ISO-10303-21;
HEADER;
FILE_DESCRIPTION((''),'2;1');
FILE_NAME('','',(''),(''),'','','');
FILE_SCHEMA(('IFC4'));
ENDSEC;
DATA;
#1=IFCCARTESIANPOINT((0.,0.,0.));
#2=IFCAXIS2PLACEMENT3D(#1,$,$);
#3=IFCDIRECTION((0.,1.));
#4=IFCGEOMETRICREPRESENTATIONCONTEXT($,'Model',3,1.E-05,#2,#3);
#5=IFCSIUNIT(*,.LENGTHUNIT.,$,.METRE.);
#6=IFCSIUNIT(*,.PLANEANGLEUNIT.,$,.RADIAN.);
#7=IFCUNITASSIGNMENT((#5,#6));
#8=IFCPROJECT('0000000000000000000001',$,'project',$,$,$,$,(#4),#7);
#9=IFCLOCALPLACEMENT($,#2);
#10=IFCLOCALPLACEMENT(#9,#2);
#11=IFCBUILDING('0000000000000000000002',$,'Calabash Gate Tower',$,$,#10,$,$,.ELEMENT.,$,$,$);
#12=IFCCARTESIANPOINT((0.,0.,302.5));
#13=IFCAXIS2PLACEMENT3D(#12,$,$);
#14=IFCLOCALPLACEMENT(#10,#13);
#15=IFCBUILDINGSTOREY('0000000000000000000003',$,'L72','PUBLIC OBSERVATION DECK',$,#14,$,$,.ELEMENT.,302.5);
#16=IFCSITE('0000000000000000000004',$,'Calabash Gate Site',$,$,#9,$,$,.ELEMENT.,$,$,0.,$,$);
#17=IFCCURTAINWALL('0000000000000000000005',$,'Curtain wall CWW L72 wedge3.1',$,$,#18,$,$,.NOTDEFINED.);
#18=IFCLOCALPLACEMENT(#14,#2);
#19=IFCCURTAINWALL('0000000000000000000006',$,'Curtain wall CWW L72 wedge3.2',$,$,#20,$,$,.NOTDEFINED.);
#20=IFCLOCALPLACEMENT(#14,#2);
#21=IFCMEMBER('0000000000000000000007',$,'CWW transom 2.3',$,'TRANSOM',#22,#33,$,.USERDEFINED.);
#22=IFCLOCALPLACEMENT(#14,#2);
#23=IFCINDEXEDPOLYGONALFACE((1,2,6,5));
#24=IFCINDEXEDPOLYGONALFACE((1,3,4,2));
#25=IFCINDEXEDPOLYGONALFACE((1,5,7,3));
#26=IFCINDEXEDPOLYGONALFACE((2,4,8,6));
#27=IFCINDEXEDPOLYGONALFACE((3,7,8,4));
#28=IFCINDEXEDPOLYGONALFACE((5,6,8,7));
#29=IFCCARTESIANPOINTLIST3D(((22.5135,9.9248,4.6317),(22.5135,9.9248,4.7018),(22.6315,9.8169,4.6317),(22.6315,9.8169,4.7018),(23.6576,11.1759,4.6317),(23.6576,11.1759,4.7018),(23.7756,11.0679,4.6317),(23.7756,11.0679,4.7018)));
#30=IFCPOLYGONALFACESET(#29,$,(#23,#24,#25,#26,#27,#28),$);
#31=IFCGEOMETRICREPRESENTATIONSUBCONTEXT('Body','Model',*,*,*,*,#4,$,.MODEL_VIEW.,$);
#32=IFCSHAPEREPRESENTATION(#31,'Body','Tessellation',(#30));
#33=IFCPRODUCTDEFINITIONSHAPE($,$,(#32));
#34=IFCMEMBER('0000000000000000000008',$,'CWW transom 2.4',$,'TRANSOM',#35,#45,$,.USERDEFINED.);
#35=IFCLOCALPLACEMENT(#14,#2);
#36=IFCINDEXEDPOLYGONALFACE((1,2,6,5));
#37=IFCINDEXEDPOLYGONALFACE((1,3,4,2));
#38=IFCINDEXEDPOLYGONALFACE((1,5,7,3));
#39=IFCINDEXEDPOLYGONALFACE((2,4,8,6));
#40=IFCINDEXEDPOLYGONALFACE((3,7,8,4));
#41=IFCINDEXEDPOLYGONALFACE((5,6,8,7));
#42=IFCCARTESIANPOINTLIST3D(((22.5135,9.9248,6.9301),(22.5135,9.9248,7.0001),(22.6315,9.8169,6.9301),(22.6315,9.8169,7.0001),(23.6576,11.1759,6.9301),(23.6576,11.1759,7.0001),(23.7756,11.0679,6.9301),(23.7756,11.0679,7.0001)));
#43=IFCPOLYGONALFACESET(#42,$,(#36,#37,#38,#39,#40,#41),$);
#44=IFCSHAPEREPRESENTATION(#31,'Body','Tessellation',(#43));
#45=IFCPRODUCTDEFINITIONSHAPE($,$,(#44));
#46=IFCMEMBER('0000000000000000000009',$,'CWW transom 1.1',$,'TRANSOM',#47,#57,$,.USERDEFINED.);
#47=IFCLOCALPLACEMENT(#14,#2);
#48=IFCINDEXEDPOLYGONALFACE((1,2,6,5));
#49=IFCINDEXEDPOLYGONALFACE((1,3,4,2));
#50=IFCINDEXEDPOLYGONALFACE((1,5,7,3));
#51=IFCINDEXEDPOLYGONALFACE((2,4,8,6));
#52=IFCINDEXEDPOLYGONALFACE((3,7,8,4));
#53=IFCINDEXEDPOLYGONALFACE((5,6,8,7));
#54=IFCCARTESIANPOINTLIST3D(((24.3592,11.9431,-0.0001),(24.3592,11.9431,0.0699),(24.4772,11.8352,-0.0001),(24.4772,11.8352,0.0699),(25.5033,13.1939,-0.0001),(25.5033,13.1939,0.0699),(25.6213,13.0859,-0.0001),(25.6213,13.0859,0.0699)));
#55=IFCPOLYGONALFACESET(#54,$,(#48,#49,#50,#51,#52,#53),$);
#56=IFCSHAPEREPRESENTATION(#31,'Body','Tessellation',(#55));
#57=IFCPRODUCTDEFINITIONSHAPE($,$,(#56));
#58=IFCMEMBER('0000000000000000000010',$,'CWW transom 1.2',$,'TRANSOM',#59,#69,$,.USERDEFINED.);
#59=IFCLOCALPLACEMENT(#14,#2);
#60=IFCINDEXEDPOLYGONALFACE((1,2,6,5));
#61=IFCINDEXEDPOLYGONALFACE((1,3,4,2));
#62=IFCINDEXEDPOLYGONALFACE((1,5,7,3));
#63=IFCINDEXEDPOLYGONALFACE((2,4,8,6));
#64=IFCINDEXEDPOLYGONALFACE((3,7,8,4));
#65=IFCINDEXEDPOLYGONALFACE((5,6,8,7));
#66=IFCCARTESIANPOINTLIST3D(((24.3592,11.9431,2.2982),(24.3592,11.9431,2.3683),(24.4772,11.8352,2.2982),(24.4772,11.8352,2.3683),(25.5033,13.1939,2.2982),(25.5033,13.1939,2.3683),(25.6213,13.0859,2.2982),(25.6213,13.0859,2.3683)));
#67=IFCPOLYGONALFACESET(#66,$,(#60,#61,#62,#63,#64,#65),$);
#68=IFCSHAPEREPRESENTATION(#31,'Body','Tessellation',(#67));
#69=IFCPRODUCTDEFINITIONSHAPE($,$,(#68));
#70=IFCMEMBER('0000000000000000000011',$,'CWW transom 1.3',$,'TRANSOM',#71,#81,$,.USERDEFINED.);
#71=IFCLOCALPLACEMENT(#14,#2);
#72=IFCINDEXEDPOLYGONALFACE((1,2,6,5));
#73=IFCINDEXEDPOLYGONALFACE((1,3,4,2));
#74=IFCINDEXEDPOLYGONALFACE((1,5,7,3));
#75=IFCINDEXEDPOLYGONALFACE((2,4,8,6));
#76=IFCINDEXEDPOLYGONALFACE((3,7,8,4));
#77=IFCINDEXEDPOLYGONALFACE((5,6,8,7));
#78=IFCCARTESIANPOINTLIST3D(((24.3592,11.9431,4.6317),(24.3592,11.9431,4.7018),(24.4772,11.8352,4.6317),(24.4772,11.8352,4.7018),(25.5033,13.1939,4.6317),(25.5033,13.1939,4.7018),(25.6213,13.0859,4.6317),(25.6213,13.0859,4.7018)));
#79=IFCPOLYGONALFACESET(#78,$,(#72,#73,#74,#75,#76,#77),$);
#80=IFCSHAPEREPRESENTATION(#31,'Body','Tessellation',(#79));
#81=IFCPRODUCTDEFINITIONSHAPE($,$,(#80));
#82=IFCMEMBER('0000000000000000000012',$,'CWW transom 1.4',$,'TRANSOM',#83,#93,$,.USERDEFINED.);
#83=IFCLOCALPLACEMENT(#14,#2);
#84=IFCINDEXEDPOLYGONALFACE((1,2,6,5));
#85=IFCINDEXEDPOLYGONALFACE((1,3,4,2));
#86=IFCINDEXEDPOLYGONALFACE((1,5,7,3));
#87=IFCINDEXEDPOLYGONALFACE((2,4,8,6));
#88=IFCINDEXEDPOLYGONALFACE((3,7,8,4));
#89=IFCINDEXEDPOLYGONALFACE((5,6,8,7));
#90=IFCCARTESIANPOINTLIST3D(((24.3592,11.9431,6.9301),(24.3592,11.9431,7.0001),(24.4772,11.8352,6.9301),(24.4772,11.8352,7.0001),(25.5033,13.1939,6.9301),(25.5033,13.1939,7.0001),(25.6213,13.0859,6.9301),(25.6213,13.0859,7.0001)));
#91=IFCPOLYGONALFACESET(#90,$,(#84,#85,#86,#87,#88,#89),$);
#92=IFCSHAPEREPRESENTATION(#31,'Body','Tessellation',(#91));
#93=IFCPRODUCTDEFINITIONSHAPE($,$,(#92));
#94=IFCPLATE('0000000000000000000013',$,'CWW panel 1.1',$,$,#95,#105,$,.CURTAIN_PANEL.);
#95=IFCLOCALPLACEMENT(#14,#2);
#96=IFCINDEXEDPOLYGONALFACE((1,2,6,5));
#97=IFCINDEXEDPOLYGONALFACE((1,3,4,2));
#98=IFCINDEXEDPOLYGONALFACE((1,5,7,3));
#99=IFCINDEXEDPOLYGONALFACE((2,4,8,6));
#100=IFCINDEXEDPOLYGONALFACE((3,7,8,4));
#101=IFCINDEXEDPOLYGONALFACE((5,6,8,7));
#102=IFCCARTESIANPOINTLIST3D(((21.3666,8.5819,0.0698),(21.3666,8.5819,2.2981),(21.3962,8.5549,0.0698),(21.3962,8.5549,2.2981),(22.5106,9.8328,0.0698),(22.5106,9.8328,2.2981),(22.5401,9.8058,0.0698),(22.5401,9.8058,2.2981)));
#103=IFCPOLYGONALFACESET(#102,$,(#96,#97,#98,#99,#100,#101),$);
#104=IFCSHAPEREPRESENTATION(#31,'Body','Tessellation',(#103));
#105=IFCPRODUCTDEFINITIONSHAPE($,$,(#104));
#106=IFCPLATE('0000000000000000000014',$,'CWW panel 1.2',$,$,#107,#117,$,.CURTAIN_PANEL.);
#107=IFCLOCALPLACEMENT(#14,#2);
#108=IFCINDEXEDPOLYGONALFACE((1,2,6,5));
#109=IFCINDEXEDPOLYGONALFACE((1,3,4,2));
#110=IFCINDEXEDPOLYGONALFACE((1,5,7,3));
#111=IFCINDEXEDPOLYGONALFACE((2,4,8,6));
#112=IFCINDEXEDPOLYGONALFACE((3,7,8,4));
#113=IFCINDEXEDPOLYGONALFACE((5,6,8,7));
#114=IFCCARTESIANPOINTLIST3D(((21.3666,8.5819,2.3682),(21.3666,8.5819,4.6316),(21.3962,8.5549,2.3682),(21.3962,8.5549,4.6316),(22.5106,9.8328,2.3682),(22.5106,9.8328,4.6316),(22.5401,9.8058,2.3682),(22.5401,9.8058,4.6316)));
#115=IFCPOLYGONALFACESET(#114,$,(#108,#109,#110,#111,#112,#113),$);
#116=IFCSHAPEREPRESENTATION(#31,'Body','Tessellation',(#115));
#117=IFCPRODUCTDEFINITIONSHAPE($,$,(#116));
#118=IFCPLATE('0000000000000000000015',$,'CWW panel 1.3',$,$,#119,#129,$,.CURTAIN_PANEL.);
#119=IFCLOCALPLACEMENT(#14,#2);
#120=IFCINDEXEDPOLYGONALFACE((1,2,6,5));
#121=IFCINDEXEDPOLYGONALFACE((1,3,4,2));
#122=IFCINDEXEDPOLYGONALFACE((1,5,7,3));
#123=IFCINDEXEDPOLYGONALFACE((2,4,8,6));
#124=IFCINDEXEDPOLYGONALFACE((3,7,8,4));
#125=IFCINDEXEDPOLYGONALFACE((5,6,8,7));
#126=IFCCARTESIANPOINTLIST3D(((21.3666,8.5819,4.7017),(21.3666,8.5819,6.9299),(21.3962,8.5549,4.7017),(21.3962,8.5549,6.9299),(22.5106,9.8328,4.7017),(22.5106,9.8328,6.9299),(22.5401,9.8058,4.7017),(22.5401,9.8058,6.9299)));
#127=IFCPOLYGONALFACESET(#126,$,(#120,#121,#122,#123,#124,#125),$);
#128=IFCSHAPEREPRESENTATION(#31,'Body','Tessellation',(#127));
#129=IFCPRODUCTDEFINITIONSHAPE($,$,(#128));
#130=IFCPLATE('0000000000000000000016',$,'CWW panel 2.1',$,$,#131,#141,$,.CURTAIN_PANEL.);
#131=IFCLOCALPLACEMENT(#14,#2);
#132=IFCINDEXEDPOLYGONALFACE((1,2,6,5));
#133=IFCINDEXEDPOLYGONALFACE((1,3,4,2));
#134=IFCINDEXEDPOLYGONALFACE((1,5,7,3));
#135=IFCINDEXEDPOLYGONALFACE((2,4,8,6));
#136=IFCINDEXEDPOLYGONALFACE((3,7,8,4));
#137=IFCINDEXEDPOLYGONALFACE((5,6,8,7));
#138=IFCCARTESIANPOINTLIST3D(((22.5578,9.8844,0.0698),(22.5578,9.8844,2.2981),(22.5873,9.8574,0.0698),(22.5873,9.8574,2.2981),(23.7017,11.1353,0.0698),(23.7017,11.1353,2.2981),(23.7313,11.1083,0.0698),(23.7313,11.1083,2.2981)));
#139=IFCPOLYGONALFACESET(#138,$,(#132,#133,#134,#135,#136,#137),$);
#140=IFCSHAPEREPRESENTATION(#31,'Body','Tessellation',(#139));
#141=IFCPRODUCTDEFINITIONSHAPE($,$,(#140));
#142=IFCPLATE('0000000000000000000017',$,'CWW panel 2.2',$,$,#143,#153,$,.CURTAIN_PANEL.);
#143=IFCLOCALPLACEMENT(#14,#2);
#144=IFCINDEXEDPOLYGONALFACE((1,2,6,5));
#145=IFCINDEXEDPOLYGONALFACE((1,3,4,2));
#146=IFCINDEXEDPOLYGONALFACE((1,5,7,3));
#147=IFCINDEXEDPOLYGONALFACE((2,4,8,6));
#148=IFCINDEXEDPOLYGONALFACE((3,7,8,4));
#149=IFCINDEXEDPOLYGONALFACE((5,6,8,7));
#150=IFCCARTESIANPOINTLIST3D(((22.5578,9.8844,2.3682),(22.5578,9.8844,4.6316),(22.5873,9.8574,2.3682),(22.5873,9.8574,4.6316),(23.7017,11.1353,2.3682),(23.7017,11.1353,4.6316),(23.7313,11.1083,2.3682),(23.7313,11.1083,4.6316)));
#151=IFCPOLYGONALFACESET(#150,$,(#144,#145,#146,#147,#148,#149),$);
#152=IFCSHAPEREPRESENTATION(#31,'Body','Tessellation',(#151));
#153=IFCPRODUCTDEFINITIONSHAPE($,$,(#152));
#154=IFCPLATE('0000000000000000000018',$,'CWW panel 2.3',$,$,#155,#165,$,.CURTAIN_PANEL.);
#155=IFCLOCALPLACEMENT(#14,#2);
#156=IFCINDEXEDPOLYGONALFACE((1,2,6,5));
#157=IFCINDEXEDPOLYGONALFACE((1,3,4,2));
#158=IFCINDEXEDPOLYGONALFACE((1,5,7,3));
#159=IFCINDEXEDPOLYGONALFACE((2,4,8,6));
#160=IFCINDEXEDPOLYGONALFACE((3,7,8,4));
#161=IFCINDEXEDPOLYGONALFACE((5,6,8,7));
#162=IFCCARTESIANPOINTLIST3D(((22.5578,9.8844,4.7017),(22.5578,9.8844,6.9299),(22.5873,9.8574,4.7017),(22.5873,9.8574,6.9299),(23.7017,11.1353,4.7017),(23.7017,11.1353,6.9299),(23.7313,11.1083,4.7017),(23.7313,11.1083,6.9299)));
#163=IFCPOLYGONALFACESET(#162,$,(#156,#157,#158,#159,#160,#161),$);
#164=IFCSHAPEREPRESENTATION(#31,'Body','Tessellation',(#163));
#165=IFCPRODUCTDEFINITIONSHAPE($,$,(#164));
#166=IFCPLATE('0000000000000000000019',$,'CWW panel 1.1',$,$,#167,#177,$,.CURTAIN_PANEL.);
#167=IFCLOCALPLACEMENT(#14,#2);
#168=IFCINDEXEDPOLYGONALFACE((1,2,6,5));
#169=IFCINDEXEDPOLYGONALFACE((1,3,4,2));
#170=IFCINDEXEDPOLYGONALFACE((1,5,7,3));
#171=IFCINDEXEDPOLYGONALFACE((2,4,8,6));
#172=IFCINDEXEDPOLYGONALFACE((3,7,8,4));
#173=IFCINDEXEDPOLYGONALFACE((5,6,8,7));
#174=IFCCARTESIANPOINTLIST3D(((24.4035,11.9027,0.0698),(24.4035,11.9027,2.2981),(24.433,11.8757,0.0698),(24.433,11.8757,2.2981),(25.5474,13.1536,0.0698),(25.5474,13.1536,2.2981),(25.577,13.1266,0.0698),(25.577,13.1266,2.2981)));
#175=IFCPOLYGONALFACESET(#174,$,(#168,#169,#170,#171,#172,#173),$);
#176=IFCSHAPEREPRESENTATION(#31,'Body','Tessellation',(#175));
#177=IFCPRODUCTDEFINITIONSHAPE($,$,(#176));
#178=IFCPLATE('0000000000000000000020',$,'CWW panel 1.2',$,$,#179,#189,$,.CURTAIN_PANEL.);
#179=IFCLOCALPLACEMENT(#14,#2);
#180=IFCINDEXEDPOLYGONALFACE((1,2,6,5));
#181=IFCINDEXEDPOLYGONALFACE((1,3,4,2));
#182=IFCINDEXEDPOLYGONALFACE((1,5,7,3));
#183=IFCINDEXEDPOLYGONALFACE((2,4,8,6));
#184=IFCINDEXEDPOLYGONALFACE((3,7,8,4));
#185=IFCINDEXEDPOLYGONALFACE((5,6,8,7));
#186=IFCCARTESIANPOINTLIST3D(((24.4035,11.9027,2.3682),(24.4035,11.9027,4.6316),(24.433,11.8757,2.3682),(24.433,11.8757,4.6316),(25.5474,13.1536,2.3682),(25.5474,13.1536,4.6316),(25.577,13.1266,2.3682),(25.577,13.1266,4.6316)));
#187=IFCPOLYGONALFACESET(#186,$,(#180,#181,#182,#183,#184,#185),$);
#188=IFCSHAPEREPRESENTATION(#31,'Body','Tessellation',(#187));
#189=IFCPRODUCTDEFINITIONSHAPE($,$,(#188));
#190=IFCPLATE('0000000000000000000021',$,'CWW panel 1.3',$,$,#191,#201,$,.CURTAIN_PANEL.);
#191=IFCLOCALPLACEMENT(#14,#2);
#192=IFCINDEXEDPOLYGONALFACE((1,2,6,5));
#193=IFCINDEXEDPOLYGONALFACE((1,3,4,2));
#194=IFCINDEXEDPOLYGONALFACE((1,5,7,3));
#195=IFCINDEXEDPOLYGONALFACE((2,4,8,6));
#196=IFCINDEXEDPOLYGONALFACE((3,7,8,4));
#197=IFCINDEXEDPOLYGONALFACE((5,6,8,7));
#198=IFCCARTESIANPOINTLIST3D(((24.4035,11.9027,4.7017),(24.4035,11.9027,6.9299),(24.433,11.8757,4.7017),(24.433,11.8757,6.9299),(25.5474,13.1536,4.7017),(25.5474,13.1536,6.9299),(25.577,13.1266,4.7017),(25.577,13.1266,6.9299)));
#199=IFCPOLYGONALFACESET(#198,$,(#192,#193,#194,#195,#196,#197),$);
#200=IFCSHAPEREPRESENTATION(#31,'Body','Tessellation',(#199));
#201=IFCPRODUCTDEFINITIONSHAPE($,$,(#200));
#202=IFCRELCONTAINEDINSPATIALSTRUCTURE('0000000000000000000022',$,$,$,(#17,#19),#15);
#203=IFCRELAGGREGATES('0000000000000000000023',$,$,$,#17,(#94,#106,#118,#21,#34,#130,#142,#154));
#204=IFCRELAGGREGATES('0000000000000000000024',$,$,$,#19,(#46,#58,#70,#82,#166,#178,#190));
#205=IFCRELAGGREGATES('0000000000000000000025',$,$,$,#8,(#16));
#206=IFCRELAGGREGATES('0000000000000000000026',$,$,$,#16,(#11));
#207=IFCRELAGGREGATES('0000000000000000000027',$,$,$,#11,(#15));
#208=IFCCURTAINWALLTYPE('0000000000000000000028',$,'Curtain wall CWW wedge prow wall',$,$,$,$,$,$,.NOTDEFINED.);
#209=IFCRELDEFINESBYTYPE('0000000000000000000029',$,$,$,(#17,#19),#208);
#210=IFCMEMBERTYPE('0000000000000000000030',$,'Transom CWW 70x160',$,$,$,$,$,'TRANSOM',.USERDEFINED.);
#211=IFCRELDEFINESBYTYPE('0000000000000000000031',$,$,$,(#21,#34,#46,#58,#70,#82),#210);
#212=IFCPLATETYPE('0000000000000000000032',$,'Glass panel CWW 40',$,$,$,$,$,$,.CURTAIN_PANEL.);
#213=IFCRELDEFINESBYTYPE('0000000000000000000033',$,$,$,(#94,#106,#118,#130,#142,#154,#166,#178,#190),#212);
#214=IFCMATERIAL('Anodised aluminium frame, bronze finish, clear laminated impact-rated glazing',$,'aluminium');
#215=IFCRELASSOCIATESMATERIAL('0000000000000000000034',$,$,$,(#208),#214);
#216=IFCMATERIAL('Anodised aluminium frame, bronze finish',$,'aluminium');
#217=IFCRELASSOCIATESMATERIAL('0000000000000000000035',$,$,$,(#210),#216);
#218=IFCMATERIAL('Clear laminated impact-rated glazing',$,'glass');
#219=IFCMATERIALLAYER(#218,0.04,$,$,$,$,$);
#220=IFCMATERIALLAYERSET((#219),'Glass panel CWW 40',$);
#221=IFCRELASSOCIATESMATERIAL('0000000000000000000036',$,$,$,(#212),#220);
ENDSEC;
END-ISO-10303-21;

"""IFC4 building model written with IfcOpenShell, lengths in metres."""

from ifc_helpers import new_model, si_unit, direction, frame, origin, origin_2d, place, context, subcontext, project, spatial, rectangle, extrude, material, layer, layer_set, material_profile, profile_set, type_object, element, aggregate, save


model = new_model("IFC4")

# Units and contexts
model_context = context("Model", 3, precision=1e-05, world=origin(), true_north=direction((0.0, 1.0)))
body_context = subcontext(model_context, "Body", "Model", "MODEL_VIEW")
ifc_project = project(units=[si_unit("LENGTHUNIT", "METRE"), si_unit("PLANEANGLEUNIT", "RADIAN")], contexts=[model_context])

# Site, building, storey
site_placement = place(None, origin())
site = spatial("IfcSite", under=ifc_project, at=site_placement, Name="Calabash Gate Site", CompositionType="ELEMENT", RefElevation=0.0)
building_placement = place(site_placement, origin())
building = spatial("IfcBuilding", under=site, at=building_placement, Name="Calabash Gate Tower", CompositionType="ELEMENT")
storey_placement = place(building_placement, frame((0.0, 0.0, 302.5)))
storey = spatial("IfcBuildingStorey", under=building, at=storey_placement, Name="L72", Description="PUBLIC OBSERVATION DECK", CompositionType="ELEMENT", Elevation=302.5)

# Curtain wall
ifc_material_1 = material(Name="Anodised aluminium frame, bronze finish, clear laminated impact-rated glazing", Category="aluminium")
curtain_wall_type = type_object("IfcCurtainWallType", Name="Curtain wall CWW wedge prow wall", PredefinedType="NOTDEFINED", material=ifc_material_1)
curtain_wall_1_placement = place(storey_placement, origin())
curtain_wall_1 = element("IfcCurtainWall", 1, at=curtain_wall_1_placement, inside=storey, type_object=curtain_wall_type, Name="Curtain wall CWW L72 wedge3.1", PredefinedType="NOTDEFINED")

# Curtain wall
curtain_wall_2_placement = place(storey_placement, origin())
curtain_wall_2 = element("IfcCurtainWall", 2, at=curtain_wall_2_placement, inside=storey, type_object=curtain_wall_type, Name="Curtain wall CWW L72 wedge3.2", PredefinedType="NOTDEFINED")

# Members
ifc_material_2 = material(Name="Anodised aluminium frame, bronze finish", Category="aluminium")
ifc_material_profile_1 = material_profile(ifc_material_2, rectangle(XDim=0.1599, YDim=0.0701, at=origin_2d()))
ifc_profile_set_1 = profile_set([ifc_material_profile_1], Name="Anodised aluminium frame, bronze finish")
member_type_1 = type_object("IfcMemberType", Name="Transom CWW 70x160", ElementType="TRANSOM", PredefinedType="USERDEFINED", material=ifc_profile_set_1)
member_1_placement = place(storey_placement, frame((22.5725, 9.8708, 4.6667), z_axis=(0.674863, 0.737943, 0.0), x_axis=(-0.737943, 0.674863, 0.0)))
member_1 = element("IfcMember", 3, at=member_1_placement, type_object=member_type_1, Name="CWW transom 2.3", ObjectType="TRANSOM", PredefinedType="USERDEFINED", context=body_context, shape_type="SweptSolid", body=[
    extrude(rectangle(XDim=0.1599, YDim=0.0701, at=origin_2d()), origin(), (0.0, 0.0, 1.0), 1.6953),
])
member_2_placement = place(storey_placement, frame((22.5725, 9.8708, 6.9651), z_axis=(0.674863, 0.737943, 0.0), x_axis=(-0.737943, 0.674863, 0.0)))
member_2 = element("IfcMember", 4, at=member_2_placement, type_object=member_type_1, Name="CWW transom 2.4", ObjectType="TRANSOM", PredefinedType="USERDEFINED", context=body_context, shape_type="SweptSolid", body=[
    extrude(rectangle(XDim=0.1599, YDim=0.0701, at=origin_2d()), origin(), (0.0, 0.0, 1.0), 1.6953),
])
member_3_placement = place(storey_placement, frame((24.4182, 11.8892, 0.0349), z_axis=(0.674935, 0.737877, 0.0), x_axis=(-0.737877, 0.674935, 0.0)))
member_3 = element("IfcMember", 5, at=member_3_placement, type_object=member_type_1, Name="CWW transom 1.1", ObjectType="TRANSOM", PredefinedType="USERDEFINED", context=body_context, shape_type="SweptSolid", body=[
    extrude(rectangle(XDim=0.1599, YDim=0.0701, at=origin_2d()), origin(), (0.0, 0.0, 1.0), 1.6951),
])
member_4_placement = place(storey_placement, frame((24.4182, 11.8892, 2.3333), z_axis=(0.674935, 0.737877, 0.0), x_axis=(-0.737877, 0.674935, 0.0)))
member_4 = element("IfcMember", 6, at=member_4_placement, type_object=member_type_1, Name="CWW transom 1.2", ObjectType="TRANSOM", PredefinedType="USERDEFINED", context=body_context, shape_type="SweptSolid", body=[
    extrude(rectangle(XDim=0.1599, YDim=0.0701, at=origin_2d()), origin(), (0.0, 0.0, 1.0), 1.6951),
])
member_5_placement = place(storey_placement, frame((24.4182, 11.8892, 4.6667), z_axis=(0.674935, 0.737877, 0.0), x_axis=(-0.737877, 0.674935, 0.0)))
member_5 = element("IfcMember", 7, at=member_5_placement, type_object=member_type_1, Name="CWW transom 1.3", ObjectType="TRANSOM", PredefinedType="USERDEFINED", context=body_context, shape_type="SweptSolid", body=[
    extrude(rectangle(XDim=0.1599, YDim=0.0701, at=origin_2d()), origin(), (0.0, 0.0, 1.0), 1.6951),
])
member_6_placement = place(storey_placement, frame((24.4182, 11.8892, 6.9651), z_axis=(0.674935, 0.737877, 0.0), x_axis=(-0.737877, 0.674935, 0.0)))
member_6 = element("IfcMember", 8, at=member_6_placement, type_object=member_type_1, Name="CWW transom 1.4", ObjectType="TRANSOM", PredefinedType="USERDEFINED", context=body_context, shape_type="SweptSolid", body=[
    extrude(rectangle(XDim=0.1599, YDim=0.0701, at=origin_2d()), origin(), (0.0, 0.0, 1.0), 1.6951),
])

# Plates
ifc_material_3 = material(Name="Clear laminated impact-rated glazing", Category="glass")
ifc_layer_1 = layer(ifc_material_3, 0.04)
ifc_layer_set_1 = layer_set([ifc_layer_1], Name="Glass panel CWW 40")
plate_type = type_object("IfcPlateType", Name="Glass panel CWW 40", PredefinedType="CURTAIN_PANEL", material=ifc_layer_set_1)
plate_1_placement = place(storey_placement, frame((21.9534, 9.1938, 0.0698), z_axis=(0.0, 0.0, 1.0), x_axis=(0.674856, 0.73795, 0.0)))
plate_1 = element("IfcPlate", 9, at=plate_1_placement, type_object=plate_type, Name="CWW panel 1.1", PredefinedType="CURTAIN_PANEL", context=body_context, shape_type="SweptSolid", body=[
    extrude(rectangle(XDim=1.6951, YDim=0.04, at=origin_2d()), origin(), (0.0, 0.0, 1.0), 2.2283),
])
plate_2_placement = place(storey_placement, frame((21.9534, 9.1938, 2.3682), z_axis=(0.0, 0.0, 1.0), x_axis=(0.674856, 0.73795, 0.0)))
plate_2 = element("IfcPlate", 10, at=plate_2_placement, type_object=plate_type, Name="CWW panel 1.2", PredefinedType="CURTAIN_PANEL", context=body_context, shape_type="SweptSolid", body=[
    extrude(rectangle(XDim=1.6951, YDim=0.04, at=origin_2d()), origin(), (0.0, 0.0, 1.0), 2.2634),
])
plate_3_placement = place(storey_placement, frame((21.9534, 9.1938, 4.7017), z_axis=(0.0, 0.0, 1.0), x_axis=(0.674856, 0.73795, 0.0)))
plate_3 = element("IfcPlate", 11, at=plate_3_placement, type_object=plate_type, Name="CWW panel 1.3", PredefinedType="CURTAIN_PANEL", context=body_context, shape_type="SweptSolid", body=[
    extrude(rectangle(XDim=1.6951, YDim=0.04, at=origin_2d()), origin(), (0.0, 0.0, 1.0), 2.2283),
])
plate_4_placement = place(storey_placement, frame((23.1445, 10.4963, 0.0698), z_axis=(0.0, 0.0, 1.0), x_axis=(0.674856, 0.73795, 0.0)))
plate_4 = element("IfcPlate", 12, at=plate_4_placement, type_object=plate_type, Name="CWW panel 2.1", PredefinedType="CURTAIN_PANEL", context=body_context, shape_type="SweptSolid", body=[
    extrude(rectangle(XDim=1.6951, YDim=0.04, at=origin_2d()), origin(), (0.0, 0.0, 1.0), 2.2283),
])
plate_5_placement = place(storey_placement, frame((23.1445, 10.4963, 2.3682), z_axis=(0.0, 0.0, 1.0), x_axis=(0.674856, 0.73795, 0.0)))
plate_5 = element("IfcPlate", 13, at=plate_5_placement, type_object=plate_type, Name="CWW panel 2.2", PredefinedType="CURTAIN_PANEL", context=body_context, shape_type="SweptSolid", body=[
    extrude(rectangle(XDim=1.6951, YDim=0.04, at=origin_2d()), origin(), (0.0, 0.0, 1.0), 2.2634),
])
plate_6_placement = place(storey_placement, frame((23.1445, 10.4963, 4.7017), z_axis=(0.0, 0.0, 1.0), x_axis=(0.674856, 0.73795, 0.0)))
plate_6 = element("IfcPlate", 14, at=plate_6_placement, type_object=plate_type, Name="CWW panel 2.3", PredefinedType="CURTAIN_PANEL", context=body_context, shape_type="SweptSolid", body=[
    extrude(rectangle(XDim=1.6951, YDim=0.04, at=origin_2d()), origin(), (0.0, 0.0, 1.0), 2.2283),
])
aggregate(curtain_wall_1, [plate_1, plate_2, plate_3, member_1, member_2, plate_4, plate_5, plate_6])
plate_7_placement = place(storey_placement, frame((24.9902, 12.5146, 0.0698), z_axis=(0.0, 0.0, 1.0), x_axis=(0.674856, 0.737949, 0.0)))
plate_7 = element("IfcPlate", 15, at=plate_7_placement, type_object=plate_type, Name="CWW panel 1.1", PredefinedType="CURTAIN_PANEL", context=body_context, shape_type="SweptSolid", body=[
    extrude(rectangle(XDim=1.6951, YDim=0.04, at=origin_2d()), origin(), (0.0, 0.0, 1.0), 2.2283),
])
plate_8_placement = place(storey_placement, frame((24.9902, 12.5146, 2.3682), z_axis=(0.0, 0.0, 1.0), x_axis=(0.674856, 0.737949, 0.0)))
plate_8 = element("IfcPlate", 16, at=plate_8_placement, type_object=plate_type, Name="CWW panel 1.2", PredefinedType="CURTAIN_PANEL", context=body_context, shape_type="SweptSolid", body=[
    extrude(rectangle(XDim=1.6951, YDim=0.04, at=origin_2d()), origin(), (0.0, 0.0, 1.0), 2.2634),
])
plate_9_placement = place(storey_placement, frame((24.9902, 12.5146, 4.7017), z_axis=(0.0, 0.0, 1.0), x_axis=(0.674856, 0.737949, 0.0)))
plate_9 = element("IfcPlate", 17, at=plate_9_placement, type_object=plate_type, Name="CWW panel 1.3", PredefinedType="CURTAIN_PANEL", context=body_context, shape_type="SweptSolid", body=[
    extrude(rectangle(XDim=1.6951, YDim=0.04, at=origin_2d()), origin(), (0.0, 0.0, 1.0), 2.2283),
])
aggregate(curtain_wall_2, [member_3, member_4, member_5, member_6, plate_7, plate_8, plate_9])

save(model, "model.ifc")
